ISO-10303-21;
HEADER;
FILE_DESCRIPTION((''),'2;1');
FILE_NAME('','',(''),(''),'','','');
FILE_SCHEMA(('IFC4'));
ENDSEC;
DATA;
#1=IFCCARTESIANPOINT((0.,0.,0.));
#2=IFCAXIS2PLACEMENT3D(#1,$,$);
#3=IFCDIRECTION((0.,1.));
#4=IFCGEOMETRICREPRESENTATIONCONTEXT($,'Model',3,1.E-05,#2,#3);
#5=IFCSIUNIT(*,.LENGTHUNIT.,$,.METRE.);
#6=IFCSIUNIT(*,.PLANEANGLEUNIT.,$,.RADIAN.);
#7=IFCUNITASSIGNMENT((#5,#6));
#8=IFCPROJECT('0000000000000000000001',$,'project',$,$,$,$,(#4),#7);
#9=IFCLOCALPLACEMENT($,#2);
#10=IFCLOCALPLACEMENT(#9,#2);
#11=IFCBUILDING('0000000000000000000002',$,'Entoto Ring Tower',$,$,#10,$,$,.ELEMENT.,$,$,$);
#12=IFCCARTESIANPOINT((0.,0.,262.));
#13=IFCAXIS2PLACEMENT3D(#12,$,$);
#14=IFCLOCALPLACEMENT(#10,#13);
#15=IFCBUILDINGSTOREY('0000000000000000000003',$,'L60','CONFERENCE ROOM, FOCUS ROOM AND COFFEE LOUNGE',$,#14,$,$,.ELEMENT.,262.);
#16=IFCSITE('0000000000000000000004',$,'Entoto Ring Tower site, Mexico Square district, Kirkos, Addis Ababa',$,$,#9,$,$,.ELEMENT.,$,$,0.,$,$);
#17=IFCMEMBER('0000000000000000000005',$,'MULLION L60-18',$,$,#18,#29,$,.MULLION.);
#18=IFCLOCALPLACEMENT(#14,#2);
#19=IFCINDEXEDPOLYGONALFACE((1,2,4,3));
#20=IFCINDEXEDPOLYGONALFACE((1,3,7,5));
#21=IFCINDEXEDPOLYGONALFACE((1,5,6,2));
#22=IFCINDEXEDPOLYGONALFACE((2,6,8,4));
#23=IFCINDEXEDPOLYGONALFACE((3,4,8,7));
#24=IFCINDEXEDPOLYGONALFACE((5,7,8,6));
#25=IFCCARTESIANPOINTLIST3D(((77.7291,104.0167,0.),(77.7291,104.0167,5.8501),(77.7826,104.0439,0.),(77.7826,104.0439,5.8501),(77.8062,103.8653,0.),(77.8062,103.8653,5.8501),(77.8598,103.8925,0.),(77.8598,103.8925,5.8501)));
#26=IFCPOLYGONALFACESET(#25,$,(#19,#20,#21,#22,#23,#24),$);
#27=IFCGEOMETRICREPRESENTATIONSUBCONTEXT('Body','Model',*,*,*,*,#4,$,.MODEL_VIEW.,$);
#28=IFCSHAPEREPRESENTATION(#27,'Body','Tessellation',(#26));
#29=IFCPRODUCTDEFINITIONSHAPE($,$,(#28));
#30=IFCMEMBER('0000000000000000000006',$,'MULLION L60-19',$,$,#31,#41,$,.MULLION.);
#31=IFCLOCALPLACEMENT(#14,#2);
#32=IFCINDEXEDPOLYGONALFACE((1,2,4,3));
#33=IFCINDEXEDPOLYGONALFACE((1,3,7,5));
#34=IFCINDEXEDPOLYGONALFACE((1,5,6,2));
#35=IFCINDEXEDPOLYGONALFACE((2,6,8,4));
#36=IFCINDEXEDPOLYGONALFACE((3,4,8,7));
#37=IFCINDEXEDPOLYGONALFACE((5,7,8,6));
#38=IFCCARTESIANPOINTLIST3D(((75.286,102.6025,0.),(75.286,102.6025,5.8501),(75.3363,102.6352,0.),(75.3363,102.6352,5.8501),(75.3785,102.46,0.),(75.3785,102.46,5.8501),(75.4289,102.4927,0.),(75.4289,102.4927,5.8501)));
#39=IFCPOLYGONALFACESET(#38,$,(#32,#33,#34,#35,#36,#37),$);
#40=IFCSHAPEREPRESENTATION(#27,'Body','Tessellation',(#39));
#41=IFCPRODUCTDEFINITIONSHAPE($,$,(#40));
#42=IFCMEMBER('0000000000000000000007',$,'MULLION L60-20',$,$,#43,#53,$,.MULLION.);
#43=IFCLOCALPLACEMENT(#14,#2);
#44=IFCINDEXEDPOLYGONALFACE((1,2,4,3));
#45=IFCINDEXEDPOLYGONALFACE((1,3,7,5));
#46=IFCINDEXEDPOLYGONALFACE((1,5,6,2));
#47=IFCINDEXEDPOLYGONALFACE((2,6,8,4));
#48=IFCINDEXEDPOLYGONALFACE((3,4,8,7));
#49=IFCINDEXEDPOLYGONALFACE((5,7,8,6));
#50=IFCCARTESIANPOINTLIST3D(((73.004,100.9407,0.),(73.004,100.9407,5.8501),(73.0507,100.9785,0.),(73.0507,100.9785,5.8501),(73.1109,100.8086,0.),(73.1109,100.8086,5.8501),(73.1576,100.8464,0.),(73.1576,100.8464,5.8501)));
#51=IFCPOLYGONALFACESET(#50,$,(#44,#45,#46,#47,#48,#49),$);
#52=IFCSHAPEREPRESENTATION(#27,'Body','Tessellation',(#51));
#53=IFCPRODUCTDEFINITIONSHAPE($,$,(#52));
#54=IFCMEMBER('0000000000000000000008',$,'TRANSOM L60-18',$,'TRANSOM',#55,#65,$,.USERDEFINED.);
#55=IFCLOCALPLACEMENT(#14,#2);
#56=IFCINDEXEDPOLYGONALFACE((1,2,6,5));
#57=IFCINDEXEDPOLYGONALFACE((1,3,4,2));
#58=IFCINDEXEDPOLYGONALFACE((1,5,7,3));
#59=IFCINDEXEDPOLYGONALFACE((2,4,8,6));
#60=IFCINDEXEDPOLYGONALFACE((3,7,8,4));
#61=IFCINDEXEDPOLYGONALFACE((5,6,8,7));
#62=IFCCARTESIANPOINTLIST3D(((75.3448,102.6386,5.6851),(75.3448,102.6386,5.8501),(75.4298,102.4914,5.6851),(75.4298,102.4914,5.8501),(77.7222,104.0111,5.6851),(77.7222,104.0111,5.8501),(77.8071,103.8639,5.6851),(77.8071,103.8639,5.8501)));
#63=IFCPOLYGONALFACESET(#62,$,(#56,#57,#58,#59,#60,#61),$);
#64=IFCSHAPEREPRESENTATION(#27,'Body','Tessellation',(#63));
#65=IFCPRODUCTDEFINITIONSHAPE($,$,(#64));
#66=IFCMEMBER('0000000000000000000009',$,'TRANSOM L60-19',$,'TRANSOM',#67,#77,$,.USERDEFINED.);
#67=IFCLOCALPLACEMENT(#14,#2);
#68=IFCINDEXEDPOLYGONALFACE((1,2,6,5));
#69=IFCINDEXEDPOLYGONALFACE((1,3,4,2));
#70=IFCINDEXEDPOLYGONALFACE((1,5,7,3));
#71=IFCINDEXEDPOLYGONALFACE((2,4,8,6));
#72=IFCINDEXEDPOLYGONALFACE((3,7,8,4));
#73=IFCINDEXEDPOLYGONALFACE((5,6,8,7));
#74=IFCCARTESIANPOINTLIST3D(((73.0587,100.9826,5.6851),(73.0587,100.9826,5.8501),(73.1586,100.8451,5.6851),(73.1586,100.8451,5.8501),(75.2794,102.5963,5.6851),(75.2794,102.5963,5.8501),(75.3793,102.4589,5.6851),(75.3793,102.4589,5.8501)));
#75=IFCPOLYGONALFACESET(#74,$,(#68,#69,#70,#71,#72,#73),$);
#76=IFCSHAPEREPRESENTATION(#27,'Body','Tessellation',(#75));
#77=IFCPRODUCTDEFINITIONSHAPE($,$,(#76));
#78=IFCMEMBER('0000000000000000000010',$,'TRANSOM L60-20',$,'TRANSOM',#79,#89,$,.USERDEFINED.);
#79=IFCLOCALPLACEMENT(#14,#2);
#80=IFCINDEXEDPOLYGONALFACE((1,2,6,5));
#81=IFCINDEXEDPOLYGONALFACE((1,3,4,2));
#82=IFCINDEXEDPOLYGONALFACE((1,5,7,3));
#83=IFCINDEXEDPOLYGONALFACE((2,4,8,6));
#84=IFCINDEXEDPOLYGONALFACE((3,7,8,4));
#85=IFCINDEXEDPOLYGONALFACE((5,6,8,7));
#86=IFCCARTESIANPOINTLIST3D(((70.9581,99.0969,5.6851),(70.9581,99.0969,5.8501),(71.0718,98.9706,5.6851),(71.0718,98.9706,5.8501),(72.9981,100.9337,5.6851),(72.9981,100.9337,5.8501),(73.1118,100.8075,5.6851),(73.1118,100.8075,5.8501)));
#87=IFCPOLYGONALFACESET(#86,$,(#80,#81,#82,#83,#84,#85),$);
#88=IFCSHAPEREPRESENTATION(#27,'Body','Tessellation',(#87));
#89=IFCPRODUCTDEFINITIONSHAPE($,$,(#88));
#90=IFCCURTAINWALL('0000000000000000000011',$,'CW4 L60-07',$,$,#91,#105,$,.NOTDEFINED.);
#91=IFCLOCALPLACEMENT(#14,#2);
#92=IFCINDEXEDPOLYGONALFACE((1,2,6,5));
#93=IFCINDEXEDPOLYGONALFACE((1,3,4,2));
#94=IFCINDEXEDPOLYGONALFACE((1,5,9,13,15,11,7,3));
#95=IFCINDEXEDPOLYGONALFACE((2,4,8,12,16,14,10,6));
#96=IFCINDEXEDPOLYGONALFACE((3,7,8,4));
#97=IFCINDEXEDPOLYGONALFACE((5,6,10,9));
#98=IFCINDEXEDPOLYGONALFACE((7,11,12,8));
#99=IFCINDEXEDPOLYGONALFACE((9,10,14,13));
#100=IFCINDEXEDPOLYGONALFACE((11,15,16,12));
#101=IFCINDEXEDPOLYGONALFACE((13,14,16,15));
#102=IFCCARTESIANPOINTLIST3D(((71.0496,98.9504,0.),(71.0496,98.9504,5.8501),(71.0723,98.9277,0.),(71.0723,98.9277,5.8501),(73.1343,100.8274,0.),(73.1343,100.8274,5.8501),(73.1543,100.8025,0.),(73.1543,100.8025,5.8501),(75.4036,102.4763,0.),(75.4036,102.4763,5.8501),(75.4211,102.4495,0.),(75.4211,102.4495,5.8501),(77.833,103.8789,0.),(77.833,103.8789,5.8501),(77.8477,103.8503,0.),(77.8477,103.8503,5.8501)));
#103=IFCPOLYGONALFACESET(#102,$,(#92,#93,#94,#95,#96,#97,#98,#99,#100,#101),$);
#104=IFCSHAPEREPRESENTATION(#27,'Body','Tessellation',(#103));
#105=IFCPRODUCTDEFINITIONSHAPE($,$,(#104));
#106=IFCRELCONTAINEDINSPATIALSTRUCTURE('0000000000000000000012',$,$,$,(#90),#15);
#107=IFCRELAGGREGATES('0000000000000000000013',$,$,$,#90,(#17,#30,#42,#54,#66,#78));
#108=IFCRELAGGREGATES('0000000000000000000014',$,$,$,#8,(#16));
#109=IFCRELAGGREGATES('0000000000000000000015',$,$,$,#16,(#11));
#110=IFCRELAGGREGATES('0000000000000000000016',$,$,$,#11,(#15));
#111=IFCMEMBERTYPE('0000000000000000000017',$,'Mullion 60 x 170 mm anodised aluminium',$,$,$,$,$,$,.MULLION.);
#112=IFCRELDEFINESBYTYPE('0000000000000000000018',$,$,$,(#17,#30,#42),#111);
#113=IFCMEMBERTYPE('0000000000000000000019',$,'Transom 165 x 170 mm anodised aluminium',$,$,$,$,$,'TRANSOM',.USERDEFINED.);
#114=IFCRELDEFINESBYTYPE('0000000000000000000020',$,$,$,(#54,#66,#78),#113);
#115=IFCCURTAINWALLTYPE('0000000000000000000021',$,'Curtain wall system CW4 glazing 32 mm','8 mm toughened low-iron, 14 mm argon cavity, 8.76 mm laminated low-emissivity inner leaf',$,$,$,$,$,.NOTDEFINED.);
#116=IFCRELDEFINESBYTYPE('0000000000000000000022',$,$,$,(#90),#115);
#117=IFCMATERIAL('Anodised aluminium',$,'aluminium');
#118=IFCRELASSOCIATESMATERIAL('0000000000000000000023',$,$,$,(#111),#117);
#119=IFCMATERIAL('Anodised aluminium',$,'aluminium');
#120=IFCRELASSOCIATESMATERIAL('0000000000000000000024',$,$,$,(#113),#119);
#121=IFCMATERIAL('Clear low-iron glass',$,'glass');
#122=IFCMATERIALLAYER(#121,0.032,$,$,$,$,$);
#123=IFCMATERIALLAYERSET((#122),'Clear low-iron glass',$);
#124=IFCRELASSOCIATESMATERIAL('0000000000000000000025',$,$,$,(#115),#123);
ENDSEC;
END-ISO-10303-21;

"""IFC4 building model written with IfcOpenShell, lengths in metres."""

from ifc_helpers import new_model, si_unit, direction, frame, origin, origin_2d, place, context, subcontext, project, spatial, polyline, rectangle, outline, extrude, material, layer, layer_set, material_profile, profile_set, type_object, element, aggregate, save


model = new_model("IFC4")

# Units and contexts
model_context = context("Model", 3, precision=1e-05, world=origin(), true_north=direction((0.0, 1.0)))
body_context = subcontext(model_context, "Body", "Model", "MODEL_VIEW")
ifc_project = project(units=[si_unit("LENGTHUNIT", "METRE"), si_unit("PLANEANGLEUNIT", "RADIAN")], contexts=[model_context])

# Members
ifc_material_1 = material(Name="Anodised aluminium", Category="aluminium")
ifc_material_profile_1 = material_profile(ifc_material_1, rectangle(XDim=0.0601, YDim=0.1699, at=origin_2d()), Name="Mullion 60 x 170 mm anodised aluminium")
ifc_profile_set_1 = profile_set([ifc_material_profile_1], Name="Anodised aluminium")
member_type_1 = type_object("IfcMemberType", Name="Mullion 60 x 170 mm anodised aluminium", PredefinedType="MULLION", material=ifc_profile_set_1)
site_placement = place(None, origin())
building_placement = place(site_placement, origin())
storey_placement = place(building_placement, frame((0.0, 0.0, 262.0)))
member_1_placement = place(storey_placement, frame((77.7944, 103.9546, 0.0), z_axis=(0.0, 0.0, 1.0), x_axis=(-0.891007, -0.45399, 0.0)))
member_1 = element("IfcMember", 1, at=member_1_placement, type_object=member_type_1, Name="MULLION L60-18", PredefinedType="MULLION", context=body_context, shape_type="SweptSolid", body=[
    extrude(rectangle(XDim=0.0601, YDim=0.1699, at=origin_2d()), origin(), (0.0, 0.0, 1.0), 5.8501),
])
member_2_placement = place(storey_placement, frame((75.3574, 102.5476, 0.0), z_axis=(0.0, 0.0, 1.0), x_axis=(-0.838671, -0.544639, 0.0)))
member_2 = element("IfcMember", 2, at=member_2_placement, type_object=member_type_1, Name="MULLION L60-19", PredefinedType="MULLION", context=body_context, shape_type="SweptSolid", body=[
    extrude(rectangle(XDim=0.0601, YDim=0.1699, at=origin_2d()), origin(), (0.0, 0.0, 1.0), 5.8501),
])
member_3_placement = place(storey_placement, frame((73.0808, 100.8936, 0.0), z_axis=(0.0, 0.0, 1.0), x_axis=(-0.777146, -0.62932, 0.0)))
member_3 = element("IfcMember", 3, at=member_3_placement, type_object=member_type_1, Name="MULLION L60-20", PredefinedType="MULLION", context=body_context, shape_type="SweptSolid", body=[
    extrude(rectangle(XDim=0.0601, YDim=0.1699, at=origin_2d()), origin(), (0.0, 0.0, 1.0), 5.8501),
])
ifc_material_2 = material(Name="Anodised aluminium", Category="aluminium")
ifc_material_profile_2 = material_profile(ifc_material_2, rectangle(XDim=0.1699, YDim=0.165, at=origin_2d()), Name="Transom 165 x 170 mm anodised aluminium")
ifc_profile_set_2 = profile_set([ifc_material_profile_2], Name="Anodised aluminium")
member_type_2 = type_object("IfcMemberType", Name="Transom 165 x 170 mm anodised aluminium", ElementType="TRANSOM", PredefinedType="USERDEFINED", material=ifc_profile_set_2)
member_4_placement = place(storey_placement, frame((77.7646, 103.9375, 5.7676), z_axis=(-0.866035, -0.499984, 0.0), x_axis=(0.499984, -0.866035, 0.0)))
member_4 = element("IfcMember", 4, at=member_4_placement, type_object=member_type_2, Name="TRANSOM L60-18", ObjectType="TRANSOM", PredefinedType="USERDEFINED", context=body_context, shape_type="SweptSolid", body=[
    extrude(rectangle(XDim=0.1699, YDim=0.165, at=origin_2d()), origin(), (0.0, 0.0, 1.0), 2.7451),
])
member_5_placement = place(storey_placement, frame((75.3293, 102.5276, 5.7676), z_axis=(-0.808959, -0.587865, 0.0), x_axis=(0.587865, -0.808959, 0.0)))
member_5 = element("IfcMember", 5, at=member_5_placement, type_object=member_type_2, Name="TRANSOM L60-19", ObjectType="TRANSOM", PredefinedType="USERDEFINED", context=body_context, shape_type="SweptSolid", body=[
    extrude(rectangle(XDim=0.1699, YDim=0.165, at=origin_2d()), origin(), (0.0, 0.0, 1.0), 2.7451),
])
member_6_placement = place(storey_placement, frame((73.0549, 100.8706, 5.7676), z_axis=(-0.743135, -0.669142, 0.0), x_axis=(0.669142, -0.743135, 0.0)))
member_6 = element("IfcMember", 6, at=member_6_placement, type_object=member_type_2, Name="TRANSOM L60-20", ObjectType="TRANSOM", PredefinedType="USERDEFINED", context=body_context, shape_type="SweptSolid", body=[
    extrude(rectangle(XDim=0.1699, YDim=0.165, at=origin_2d()), origin(), (0.0, 0.0, 1.0), 2.7451),
])

# Site, building, storey
site = spatial("IfcSite", under=ifc_project, at=site_placement, Name="Entoto Ring Tower site, Mexico Square district, Kirkos, Addis Ababa", CompositionType="ELEMENT", RefElevation=0.0)
building = spatial("IfcBuilding", under=site, at=building_placement, Name="Entoto Ring Tower", CompositionType="ELEMENT")
storey = spatial("IfcBuildingStorey", under=building, at=storey_placement, Name="L60", Description="CONFERENCE ROOM, FOCUS ROOM AND COFFEE LOUNGE", CompositionType="ELEMENT", Elevation=262.0)

# Curtain wall
ifc_material_3 = material(Name="Clear low-iron glass", Category="glass")
ifc_layer = layer(ifc_material_3, 0.032)
ifc_layer_set = layer_set([ifc_layer], Name="Clear low-iron glass")
curtain_wall_type = type_object("IfcCurtainWallType", Name="Curtain wall system CW4 glazing 32 mm", Description="8 mm toughened low-iron, 14 mm argon cavity, 8.76 mm laminated low-emissivity inner leaf", PredefinedType="NOTDEFINED", material=ifc_layer_set)
curtain_wall_1_placement = place(storey_placement, origin())
curtain_wall_1 = element("IfcCurtainWall", 7, at=curtain_wall_1_placement, inside=storey, type_object=curtain_wall_type, Name="CW4 L60-07", PredefinedType="NOTDEFINED", context=body_context, shape_type="SweptSolid", body=[
    extrude(outline(polyline([(77.833, 103.8789), (75.4036, 102.4763), (73.1343, 100.8274), (71.0496, 98.9504), (71.0723, 98.9277), (73.1543, 100.8025), (75.4211, 102.4495), (77.8477, 103.8503), (77.833, 103.8789)])), origin(), (0.0, 0.0, 1.0), 5.8501),
])
aggregate(curtain_wall_1, [member_1, member_2, member_3, member_4, member_5, member_6])

save(model, "model.ifc")
